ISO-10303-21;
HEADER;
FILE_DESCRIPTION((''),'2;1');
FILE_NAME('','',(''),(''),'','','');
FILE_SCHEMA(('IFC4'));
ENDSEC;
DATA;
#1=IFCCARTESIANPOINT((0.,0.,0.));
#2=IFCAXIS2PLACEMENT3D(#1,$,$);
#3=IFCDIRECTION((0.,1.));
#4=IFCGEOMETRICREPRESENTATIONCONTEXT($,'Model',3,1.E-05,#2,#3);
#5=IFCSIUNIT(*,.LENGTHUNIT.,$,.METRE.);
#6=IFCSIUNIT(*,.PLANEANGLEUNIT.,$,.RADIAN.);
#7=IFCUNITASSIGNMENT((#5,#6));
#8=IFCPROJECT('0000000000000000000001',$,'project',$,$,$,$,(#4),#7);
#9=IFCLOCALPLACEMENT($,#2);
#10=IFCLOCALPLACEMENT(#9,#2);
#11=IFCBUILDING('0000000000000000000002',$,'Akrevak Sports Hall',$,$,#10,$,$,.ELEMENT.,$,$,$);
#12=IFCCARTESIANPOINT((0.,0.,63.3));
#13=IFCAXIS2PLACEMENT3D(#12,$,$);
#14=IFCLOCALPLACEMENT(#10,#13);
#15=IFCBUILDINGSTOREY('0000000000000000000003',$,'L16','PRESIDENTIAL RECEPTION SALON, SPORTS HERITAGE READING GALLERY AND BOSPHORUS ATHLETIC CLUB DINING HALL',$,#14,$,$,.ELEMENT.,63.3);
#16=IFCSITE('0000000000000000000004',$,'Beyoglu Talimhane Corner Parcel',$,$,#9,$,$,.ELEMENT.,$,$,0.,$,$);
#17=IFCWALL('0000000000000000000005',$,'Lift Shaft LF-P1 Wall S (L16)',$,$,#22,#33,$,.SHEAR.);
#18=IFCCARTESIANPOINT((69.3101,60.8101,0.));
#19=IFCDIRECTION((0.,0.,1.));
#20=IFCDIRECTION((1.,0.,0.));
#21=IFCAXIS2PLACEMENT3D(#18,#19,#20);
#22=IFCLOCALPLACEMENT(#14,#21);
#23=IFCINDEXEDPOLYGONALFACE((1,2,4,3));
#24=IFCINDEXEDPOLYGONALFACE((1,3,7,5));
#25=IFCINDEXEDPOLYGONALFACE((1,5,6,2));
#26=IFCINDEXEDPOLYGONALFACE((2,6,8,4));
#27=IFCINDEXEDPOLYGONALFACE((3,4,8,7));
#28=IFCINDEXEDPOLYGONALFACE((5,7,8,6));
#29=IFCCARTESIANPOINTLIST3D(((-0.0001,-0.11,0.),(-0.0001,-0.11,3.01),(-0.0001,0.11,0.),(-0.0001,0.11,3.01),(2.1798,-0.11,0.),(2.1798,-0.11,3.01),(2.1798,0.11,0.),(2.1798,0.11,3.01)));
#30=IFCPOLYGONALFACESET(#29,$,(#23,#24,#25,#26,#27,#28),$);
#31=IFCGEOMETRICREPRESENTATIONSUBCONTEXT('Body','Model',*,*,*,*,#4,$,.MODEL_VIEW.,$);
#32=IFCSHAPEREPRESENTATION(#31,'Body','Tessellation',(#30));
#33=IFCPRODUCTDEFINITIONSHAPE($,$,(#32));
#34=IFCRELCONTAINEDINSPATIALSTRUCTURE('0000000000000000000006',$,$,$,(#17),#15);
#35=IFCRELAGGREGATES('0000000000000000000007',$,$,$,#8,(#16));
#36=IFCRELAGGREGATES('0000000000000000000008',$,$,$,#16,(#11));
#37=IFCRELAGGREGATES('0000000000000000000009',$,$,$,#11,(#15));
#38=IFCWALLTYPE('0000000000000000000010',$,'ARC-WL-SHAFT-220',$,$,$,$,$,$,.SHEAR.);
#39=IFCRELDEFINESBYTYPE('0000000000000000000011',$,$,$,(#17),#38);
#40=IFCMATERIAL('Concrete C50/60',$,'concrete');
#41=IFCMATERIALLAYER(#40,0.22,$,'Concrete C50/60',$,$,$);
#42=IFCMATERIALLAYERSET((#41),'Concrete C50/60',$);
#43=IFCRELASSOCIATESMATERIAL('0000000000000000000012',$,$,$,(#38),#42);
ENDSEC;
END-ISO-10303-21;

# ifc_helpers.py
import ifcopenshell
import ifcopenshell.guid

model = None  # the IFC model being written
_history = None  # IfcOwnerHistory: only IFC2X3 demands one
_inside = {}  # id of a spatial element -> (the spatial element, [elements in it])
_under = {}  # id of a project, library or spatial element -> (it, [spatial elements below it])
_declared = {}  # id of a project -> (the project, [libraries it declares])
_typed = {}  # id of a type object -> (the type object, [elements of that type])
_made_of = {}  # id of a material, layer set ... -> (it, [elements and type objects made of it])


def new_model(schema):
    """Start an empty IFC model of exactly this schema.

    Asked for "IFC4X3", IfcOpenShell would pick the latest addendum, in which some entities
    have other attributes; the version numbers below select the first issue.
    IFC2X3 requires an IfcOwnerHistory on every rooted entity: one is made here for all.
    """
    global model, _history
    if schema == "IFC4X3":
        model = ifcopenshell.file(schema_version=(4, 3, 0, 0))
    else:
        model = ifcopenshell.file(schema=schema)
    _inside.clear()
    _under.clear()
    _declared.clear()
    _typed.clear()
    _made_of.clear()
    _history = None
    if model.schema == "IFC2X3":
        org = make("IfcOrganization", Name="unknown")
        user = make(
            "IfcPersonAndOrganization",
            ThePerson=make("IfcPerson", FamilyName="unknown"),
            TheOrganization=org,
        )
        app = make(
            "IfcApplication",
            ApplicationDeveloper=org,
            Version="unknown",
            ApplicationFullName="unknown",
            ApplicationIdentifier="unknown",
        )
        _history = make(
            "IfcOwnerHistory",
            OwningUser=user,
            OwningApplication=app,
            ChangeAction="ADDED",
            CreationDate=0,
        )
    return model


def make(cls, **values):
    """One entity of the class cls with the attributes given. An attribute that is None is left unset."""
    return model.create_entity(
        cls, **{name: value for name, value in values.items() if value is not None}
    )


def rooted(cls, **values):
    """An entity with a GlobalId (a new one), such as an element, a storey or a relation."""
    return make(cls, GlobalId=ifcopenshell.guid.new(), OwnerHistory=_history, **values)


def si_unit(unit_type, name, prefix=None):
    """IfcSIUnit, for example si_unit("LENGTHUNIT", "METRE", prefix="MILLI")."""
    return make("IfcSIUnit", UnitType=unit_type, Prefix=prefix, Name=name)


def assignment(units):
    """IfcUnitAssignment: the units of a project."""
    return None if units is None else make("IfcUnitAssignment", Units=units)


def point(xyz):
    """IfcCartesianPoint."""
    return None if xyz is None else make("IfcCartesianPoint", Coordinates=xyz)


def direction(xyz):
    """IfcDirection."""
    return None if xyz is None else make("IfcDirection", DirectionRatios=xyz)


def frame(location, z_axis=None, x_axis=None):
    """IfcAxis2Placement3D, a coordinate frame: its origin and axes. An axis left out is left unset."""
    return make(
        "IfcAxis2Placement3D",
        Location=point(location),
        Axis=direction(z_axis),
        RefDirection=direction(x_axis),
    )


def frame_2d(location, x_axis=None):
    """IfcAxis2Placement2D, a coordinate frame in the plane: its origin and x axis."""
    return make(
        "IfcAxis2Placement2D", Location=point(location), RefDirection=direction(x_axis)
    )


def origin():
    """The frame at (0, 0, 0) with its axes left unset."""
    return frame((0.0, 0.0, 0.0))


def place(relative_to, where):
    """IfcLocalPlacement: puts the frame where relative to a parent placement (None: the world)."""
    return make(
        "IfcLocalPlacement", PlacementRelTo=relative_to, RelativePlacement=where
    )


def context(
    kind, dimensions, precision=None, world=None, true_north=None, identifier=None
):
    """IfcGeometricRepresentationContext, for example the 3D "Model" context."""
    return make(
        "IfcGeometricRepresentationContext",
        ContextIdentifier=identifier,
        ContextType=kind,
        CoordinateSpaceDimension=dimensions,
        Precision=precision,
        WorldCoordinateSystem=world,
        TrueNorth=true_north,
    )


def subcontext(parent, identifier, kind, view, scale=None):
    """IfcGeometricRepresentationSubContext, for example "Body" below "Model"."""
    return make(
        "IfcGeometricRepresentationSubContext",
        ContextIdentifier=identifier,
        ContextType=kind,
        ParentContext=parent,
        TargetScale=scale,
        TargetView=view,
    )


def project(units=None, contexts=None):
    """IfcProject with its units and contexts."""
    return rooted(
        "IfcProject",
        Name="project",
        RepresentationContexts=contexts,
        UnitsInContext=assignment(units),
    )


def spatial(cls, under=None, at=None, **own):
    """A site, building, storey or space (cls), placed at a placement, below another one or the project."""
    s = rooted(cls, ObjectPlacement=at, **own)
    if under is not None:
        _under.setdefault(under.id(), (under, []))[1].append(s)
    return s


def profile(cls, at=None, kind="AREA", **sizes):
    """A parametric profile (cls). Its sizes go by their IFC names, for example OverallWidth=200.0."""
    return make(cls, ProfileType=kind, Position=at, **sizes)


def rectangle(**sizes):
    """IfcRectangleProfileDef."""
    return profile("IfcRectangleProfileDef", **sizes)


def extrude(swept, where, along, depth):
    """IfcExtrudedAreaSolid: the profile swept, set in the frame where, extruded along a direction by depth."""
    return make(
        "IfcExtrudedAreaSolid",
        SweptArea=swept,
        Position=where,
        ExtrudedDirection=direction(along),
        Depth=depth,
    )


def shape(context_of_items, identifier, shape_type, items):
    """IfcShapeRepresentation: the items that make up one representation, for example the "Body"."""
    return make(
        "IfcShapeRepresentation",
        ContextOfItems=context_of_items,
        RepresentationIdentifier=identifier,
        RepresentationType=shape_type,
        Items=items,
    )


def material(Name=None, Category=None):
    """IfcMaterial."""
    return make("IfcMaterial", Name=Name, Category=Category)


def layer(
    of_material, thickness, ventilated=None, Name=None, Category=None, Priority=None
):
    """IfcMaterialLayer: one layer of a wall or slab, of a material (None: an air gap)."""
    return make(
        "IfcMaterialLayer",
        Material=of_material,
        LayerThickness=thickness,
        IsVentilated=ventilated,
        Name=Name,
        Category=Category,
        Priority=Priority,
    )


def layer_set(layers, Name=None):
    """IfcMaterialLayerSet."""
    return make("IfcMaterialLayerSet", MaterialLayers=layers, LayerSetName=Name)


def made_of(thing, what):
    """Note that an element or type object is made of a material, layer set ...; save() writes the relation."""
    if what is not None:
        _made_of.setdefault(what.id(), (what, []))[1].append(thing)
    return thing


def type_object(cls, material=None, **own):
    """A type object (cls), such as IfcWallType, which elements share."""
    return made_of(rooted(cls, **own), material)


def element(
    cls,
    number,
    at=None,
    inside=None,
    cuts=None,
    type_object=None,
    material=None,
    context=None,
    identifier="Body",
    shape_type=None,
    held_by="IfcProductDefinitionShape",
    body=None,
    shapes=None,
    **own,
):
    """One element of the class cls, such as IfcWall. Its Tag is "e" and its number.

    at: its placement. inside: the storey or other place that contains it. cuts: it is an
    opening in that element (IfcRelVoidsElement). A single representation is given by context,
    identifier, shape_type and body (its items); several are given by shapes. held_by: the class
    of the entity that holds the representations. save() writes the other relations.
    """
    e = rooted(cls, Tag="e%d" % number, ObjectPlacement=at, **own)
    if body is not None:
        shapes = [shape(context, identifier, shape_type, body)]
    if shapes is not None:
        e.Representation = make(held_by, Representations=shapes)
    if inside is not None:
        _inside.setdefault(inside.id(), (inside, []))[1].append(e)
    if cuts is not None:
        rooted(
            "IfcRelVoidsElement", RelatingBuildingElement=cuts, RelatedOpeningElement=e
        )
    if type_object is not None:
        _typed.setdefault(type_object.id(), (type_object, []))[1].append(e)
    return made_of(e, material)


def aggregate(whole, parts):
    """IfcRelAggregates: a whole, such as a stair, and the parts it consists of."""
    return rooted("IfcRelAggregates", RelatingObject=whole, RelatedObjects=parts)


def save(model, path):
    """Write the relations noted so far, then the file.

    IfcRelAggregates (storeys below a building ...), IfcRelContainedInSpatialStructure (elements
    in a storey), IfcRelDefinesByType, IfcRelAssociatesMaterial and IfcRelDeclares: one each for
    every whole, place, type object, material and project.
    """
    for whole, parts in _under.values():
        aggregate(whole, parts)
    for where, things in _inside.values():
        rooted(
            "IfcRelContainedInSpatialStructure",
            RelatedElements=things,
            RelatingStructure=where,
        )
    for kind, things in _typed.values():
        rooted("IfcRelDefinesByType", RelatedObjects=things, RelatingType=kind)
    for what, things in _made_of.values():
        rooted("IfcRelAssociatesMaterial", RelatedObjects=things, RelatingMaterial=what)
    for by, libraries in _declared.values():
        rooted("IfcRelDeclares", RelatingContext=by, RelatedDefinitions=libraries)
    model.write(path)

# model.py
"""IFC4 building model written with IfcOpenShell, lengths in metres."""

from ifc_helpers import new_model, si_unit, direction, frame, frame_2d, origin, place, context, subcontext, project, spatial, rectangle, extrude, material, layer, layer_set, type_object, element, save


model = new_model("IFC4")

# Units and contexts
model_context = context("Model", 3, precision=1e-05, world=origin(), true_north=direction((0.0, 1.0)))
body_context = subcontext(model_context, "Body", "Model", "MODEL_VIEW")
ifc_project = project(units=[si_unit("LENGTHUNIT", "METRE"), si_unit("PLANEANGLEUNIT", "RADIAN")], contexts=[model_context])

# Site, building, storey
site_placement = place(None, origin())
site = spatial("IfcSite", under=ifc_project, at=site_placement, Name="Beyoglu Talimhane Corner Parcel", CompositionType="ELEMENT", RefElevation=0.0)
building_placement = place(site_placement, origin())
building = spatial("IfcBuilding", under=site, at=building_placement, Name="Akrevak Sports Hall", CompositionType="ELEMENT")
storey_placement = place(building_placement, frame((0.0, 0.0, 63.3)))
storey = spatial("IfcBuildingStorey", under=building, at=storey_placement, Name="L16", Description="PRESIDENTIAL RECEPTION SALON, SPORTS HERITAGE READING GALLERY AND BOSPHORUS ATHLETIC CLUB DINING HALL", CompositionType="ELEMENT", Elevation=63.3)

# Wall
ifc_material_1 = material(Name="Concrete C50/60", Category="concrete")
ifc_layer_1 = layer(ifc_material_1, 0.22, Name="Concrete C50/60")
ifc_layer_set_1 = layer_set([ifc_layer_1], Name="Concrete C50/60")
wall_type_1 = type_object("IfcWallType", Name="ARC-WL-SHAFT-220", PredefinedType="SHEAR", material=ifc_layer_set_1)
wall_1_placement = place(storey_placement, frame((69.3101, 60.8101, 0.0), z_axis=(0.0, 0.0, 1.0), x_axis=(1.0, 0.0, 0.0)))
element("IfcWall", 1, at=wall_1_placement, inside=storey, type_object=wall_type_1, Name="Lift Shaft LF-P1 Wall S (L16)", PredefinedType="SHEAR", context=body_context, shape_type="SweptSolid", body=[
    extrude(rectangle(XDim=2.1799, YDim=0.22, at=frame_2d((1.0898, 0.0))), origin(), (0.0, 0.0, 1.0), 3.01),
])

save(model, "model.ifc")
